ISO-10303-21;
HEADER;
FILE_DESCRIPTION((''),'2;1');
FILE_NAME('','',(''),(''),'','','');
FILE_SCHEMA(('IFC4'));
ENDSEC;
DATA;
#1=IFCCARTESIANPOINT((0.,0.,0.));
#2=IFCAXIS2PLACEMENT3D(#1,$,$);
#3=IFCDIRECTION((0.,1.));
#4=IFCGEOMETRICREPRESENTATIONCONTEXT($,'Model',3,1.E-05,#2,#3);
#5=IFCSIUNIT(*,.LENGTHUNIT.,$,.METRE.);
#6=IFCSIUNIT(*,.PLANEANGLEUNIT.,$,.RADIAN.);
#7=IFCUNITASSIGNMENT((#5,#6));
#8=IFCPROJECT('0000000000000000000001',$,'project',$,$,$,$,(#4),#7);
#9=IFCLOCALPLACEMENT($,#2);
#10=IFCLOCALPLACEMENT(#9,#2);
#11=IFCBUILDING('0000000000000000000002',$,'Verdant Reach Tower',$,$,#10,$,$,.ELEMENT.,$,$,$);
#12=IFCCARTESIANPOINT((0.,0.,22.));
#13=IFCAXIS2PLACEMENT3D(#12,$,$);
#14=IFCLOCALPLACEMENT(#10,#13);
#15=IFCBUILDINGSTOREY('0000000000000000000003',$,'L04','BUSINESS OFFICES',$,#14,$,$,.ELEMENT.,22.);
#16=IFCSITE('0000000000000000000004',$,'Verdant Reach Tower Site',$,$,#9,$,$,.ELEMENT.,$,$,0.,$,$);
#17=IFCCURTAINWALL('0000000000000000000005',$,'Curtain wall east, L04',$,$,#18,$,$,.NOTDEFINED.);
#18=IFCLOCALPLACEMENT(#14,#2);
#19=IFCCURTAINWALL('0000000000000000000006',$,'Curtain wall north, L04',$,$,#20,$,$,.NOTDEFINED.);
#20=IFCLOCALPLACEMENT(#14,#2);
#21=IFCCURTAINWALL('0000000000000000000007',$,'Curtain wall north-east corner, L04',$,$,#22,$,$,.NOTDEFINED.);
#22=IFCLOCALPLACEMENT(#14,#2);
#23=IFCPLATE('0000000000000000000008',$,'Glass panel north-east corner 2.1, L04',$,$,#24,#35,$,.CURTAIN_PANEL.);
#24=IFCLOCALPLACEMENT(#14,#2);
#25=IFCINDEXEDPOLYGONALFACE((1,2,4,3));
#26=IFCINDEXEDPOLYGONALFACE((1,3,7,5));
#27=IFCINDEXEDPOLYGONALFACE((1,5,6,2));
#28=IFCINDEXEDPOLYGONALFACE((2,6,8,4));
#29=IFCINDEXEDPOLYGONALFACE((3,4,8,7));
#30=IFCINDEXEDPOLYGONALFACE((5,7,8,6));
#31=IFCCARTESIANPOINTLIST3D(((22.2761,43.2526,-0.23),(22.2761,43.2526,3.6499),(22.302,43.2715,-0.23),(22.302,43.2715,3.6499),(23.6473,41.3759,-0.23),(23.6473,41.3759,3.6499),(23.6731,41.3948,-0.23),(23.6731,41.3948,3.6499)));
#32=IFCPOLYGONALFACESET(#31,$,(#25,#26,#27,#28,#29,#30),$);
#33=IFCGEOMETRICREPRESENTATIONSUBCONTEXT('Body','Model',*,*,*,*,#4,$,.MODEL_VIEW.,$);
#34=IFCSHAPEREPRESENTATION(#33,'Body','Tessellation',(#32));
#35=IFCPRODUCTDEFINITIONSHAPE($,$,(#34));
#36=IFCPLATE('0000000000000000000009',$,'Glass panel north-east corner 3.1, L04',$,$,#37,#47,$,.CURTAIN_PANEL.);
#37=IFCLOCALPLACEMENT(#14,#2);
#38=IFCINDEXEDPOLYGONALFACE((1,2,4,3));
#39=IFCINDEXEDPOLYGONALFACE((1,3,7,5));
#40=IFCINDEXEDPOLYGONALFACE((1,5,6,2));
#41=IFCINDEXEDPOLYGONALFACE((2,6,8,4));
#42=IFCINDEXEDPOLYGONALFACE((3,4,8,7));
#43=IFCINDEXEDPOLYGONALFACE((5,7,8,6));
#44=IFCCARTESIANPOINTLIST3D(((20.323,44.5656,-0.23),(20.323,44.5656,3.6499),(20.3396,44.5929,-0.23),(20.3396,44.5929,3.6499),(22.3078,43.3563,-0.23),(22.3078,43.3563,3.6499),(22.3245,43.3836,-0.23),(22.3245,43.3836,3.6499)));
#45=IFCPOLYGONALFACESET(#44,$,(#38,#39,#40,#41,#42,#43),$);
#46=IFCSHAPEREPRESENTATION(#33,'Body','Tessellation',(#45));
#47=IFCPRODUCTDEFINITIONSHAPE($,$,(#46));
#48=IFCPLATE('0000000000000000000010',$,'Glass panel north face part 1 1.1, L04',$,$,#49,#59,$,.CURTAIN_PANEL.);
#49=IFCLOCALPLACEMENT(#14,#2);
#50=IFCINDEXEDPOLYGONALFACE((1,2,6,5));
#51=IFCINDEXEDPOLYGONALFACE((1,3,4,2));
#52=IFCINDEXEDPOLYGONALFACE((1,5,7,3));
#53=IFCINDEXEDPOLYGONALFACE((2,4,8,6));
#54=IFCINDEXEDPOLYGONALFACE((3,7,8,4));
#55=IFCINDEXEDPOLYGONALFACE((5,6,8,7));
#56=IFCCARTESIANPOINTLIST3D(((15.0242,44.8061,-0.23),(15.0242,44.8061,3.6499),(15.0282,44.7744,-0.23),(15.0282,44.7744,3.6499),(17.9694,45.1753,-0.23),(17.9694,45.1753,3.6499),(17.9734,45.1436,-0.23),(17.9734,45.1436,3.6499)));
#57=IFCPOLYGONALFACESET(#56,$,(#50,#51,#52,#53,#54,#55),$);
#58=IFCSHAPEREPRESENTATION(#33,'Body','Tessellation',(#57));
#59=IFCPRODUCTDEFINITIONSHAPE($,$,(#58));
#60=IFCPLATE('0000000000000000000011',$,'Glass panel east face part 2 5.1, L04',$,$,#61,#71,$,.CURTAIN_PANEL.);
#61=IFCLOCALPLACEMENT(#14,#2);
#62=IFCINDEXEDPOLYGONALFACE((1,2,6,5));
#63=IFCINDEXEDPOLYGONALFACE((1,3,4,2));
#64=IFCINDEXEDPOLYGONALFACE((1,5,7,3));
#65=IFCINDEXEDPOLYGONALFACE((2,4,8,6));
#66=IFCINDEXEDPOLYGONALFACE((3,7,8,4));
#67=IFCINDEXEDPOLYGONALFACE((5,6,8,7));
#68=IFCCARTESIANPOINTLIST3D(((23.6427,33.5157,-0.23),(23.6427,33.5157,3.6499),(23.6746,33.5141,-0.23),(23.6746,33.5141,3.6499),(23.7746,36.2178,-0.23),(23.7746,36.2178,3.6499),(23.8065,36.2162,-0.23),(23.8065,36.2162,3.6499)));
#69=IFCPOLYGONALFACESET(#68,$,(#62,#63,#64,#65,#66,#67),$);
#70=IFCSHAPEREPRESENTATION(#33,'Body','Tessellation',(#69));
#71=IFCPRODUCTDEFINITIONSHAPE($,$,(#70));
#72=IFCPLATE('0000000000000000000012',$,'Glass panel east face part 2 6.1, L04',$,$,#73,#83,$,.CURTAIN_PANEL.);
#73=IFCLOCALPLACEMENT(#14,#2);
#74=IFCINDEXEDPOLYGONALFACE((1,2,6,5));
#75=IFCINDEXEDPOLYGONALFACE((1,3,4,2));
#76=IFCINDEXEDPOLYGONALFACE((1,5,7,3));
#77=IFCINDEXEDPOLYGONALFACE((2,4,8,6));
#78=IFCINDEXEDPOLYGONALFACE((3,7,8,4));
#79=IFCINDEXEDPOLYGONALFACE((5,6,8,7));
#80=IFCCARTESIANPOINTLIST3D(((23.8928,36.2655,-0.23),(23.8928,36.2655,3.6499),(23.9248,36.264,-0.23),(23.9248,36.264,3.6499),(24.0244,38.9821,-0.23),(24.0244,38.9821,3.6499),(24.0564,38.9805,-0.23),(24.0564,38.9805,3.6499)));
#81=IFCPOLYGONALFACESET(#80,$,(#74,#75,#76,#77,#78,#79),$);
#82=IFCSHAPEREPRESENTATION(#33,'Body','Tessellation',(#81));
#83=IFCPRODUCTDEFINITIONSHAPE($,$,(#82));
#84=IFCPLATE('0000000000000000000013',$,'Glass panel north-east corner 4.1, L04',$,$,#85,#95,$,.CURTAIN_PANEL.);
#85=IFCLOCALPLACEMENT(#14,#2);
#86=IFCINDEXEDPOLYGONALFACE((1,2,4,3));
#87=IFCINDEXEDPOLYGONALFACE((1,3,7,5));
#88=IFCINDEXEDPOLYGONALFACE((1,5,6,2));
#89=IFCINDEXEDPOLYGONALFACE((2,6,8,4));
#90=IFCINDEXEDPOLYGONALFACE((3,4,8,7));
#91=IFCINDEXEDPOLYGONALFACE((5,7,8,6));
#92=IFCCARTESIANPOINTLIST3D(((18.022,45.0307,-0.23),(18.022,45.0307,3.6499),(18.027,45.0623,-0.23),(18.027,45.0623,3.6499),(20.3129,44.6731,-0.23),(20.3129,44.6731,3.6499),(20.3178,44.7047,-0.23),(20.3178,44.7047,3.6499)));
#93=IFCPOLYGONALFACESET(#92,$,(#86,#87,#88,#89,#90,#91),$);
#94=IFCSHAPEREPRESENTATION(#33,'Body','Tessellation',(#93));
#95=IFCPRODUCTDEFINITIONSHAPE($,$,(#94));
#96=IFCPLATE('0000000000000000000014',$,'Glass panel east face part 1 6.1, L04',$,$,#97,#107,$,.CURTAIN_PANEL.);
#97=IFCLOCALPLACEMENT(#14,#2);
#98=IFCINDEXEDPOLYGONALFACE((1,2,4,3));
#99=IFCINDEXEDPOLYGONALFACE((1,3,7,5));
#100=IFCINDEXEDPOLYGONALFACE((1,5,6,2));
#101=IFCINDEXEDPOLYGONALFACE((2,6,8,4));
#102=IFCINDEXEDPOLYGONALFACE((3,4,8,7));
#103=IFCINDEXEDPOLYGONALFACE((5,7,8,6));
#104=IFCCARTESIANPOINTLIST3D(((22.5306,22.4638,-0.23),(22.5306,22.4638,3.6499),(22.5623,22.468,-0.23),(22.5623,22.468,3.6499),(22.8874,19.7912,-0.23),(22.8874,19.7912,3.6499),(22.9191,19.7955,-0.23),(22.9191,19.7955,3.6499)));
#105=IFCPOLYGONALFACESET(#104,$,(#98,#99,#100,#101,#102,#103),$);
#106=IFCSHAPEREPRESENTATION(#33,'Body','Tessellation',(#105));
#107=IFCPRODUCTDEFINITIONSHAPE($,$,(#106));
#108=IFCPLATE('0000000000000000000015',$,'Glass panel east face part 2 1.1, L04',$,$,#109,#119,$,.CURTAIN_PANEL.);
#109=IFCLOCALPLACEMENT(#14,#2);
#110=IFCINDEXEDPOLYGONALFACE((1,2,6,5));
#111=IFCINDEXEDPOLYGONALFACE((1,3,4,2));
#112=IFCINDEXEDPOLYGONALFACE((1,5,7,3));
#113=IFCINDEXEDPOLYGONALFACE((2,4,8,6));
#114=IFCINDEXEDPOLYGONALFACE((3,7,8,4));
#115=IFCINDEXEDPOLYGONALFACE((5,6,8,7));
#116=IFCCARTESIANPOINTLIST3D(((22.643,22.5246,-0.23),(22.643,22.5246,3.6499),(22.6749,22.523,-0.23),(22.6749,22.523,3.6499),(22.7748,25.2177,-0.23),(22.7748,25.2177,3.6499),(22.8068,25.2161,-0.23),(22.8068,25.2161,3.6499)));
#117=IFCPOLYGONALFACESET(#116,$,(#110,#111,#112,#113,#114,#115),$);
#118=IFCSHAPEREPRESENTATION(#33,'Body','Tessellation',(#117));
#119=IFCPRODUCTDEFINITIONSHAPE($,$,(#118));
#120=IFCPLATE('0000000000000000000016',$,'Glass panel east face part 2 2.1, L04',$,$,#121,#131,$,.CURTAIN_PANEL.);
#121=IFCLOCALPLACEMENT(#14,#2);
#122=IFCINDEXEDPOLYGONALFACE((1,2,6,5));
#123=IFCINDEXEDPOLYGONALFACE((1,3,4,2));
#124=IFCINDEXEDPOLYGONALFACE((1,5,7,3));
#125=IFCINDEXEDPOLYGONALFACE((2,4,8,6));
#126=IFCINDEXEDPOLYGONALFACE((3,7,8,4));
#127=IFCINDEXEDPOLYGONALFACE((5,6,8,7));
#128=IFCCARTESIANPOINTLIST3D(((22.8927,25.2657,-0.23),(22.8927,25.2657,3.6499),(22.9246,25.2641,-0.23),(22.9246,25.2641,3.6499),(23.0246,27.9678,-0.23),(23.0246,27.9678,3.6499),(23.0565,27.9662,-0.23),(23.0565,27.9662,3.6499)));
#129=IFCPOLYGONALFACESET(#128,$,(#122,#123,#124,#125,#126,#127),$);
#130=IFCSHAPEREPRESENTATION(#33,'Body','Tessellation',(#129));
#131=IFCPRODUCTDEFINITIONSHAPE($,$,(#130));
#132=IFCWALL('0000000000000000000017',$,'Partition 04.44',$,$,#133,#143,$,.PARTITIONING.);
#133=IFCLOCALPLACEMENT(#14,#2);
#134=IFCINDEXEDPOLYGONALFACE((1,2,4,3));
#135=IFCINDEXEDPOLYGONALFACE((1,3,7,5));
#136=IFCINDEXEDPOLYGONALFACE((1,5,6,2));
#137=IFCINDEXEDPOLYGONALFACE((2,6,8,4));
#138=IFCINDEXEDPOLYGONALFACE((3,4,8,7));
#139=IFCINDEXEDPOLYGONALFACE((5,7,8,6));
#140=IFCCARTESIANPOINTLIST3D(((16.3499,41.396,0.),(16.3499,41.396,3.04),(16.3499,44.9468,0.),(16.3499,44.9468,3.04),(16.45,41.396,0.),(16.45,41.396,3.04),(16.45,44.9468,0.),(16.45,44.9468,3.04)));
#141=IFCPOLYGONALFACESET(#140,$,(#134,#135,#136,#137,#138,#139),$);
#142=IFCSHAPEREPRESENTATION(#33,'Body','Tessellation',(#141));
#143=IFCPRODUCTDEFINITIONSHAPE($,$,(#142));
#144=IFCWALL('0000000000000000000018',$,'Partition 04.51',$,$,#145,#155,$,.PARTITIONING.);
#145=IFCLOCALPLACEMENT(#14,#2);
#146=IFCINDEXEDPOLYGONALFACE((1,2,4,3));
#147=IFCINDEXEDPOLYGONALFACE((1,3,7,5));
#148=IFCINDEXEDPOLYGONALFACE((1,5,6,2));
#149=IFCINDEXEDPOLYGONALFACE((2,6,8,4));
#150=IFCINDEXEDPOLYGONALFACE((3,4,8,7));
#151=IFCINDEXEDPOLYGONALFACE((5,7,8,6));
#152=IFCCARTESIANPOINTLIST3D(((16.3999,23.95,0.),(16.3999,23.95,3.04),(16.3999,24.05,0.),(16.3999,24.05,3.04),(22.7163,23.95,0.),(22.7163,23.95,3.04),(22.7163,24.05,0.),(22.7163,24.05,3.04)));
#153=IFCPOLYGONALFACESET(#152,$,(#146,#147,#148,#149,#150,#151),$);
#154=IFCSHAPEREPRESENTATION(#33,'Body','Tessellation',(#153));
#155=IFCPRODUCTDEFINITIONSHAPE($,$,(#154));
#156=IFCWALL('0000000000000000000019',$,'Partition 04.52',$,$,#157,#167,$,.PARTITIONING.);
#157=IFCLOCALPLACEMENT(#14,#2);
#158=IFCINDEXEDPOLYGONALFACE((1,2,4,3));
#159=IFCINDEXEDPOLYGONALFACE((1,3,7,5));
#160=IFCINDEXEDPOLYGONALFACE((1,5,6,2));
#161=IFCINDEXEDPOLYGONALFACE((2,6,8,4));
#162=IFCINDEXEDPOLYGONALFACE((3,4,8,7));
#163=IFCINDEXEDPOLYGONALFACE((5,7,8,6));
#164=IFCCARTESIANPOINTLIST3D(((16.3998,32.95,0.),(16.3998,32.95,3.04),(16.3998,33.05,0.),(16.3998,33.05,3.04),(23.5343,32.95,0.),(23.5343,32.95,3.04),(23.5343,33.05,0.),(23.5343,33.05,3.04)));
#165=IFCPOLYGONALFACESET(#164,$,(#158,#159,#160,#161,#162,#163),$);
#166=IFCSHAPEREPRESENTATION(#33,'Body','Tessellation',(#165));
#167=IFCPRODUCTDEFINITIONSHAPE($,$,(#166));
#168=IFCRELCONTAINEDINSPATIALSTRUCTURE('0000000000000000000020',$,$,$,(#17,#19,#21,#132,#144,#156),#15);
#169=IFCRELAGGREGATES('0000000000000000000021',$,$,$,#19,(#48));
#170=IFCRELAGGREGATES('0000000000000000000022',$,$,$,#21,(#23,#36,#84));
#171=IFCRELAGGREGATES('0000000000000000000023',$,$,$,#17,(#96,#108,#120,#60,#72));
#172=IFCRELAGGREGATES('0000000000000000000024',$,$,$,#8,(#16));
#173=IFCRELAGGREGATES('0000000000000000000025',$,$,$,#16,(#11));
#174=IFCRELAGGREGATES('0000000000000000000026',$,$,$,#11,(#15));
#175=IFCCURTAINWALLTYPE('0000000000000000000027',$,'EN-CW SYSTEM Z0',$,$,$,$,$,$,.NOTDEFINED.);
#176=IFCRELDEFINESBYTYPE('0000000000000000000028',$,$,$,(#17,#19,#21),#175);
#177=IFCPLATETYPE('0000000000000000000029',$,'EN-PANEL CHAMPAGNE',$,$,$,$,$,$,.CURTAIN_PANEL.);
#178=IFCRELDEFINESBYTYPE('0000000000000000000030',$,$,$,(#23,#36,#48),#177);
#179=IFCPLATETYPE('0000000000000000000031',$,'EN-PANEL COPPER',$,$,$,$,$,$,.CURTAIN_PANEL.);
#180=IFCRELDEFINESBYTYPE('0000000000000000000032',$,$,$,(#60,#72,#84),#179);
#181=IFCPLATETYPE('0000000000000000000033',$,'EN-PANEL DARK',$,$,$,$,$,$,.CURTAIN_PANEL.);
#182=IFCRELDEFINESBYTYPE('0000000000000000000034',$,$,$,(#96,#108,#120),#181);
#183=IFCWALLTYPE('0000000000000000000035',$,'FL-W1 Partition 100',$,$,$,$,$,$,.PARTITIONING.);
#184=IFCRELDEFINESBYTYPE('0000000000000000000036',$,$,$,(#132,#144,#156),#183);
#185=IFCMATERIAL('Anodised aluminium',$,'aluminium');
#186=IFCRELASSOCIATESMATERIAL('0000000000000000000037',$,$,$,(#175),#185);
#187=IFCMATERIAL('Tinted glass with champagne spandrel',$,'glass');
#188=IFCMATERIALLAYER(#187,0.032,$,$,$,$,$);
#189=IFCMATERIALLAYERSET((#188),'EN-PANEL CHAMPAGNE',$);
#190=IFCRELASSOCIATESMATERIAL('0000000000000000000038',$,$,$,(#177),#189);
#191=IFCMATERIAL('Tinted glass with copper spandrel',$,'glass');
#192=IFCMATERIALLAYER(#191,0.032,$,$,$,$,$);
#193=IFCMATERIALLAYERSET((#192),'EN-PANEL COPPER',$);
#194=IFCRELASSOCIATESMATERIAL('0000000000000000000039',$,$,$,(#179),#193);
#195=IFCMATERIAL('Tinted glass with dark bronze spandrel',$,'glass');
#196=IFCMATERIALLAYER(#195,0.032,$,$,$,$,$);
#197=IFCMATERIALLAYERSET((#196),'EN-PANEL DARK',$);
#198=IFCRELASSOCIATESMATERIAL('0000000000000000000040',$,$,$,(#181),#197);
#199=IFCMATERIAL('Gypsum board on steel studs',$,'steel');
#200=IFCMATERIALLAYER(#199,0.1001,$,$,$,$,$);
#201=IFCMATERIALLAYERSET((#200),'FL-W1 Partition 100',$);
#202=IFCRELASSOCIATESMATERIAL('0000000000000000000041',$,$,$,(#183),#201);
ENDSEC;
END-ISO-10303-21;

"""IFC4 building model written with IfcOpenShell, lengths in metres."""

from ifc_helpers import new_model, si_unit, direction, frame, frame_2d, origin, origin_2d, place, context, subcontext, project, spatial, rectangle, extrude, material, layer, layer_set, type_object, element, aggregate, save


model = new_model("IFC4")

# Units and contexts
model_context = context("Model", 3, precision=1e-05, world=origin(), true_north=direction((0.0, 1.0)))
body_context = subcontext(model_context, "Body", "Model", "MODEL_VIEW")
ifc_project = project(units=[si_unit("LENGTHUNIT", "METRE"), si_unit("PLANEANGLEUNIT", "RADIAN")], contexts=[model_context])

# Site, building, storey
site_placement = place(None, origin())
site = spatial("IfcSite", under=ifc_project, at=site_placement, Name="Verdant Reach Tower Site", CompositionType="ELEMENT", RefElevation=0.0)
building_placement = place(site_placement, origin())
building = spatial("IfcBuilding", under=site, at=building_placement, Name="Verdant Reach Tower", CompositionType="ELEMENT")
storey_placement = place(building_placement, frame((0.0, 0.0, 22.0)))
storey = spatial("IfcBuildingStorey", under=building, at=storey_placement, Name="L04", Description="BUSINESS OFFICES", CompositionType="ELEMENT", Elevation=22.0)

# Curtain walls
ifc_material_1 = material(Name="Anodised aluminium", Category="aluminium")
curtain_wall_type = type_object("IfcCurtainWallType", Name="EN-CW SYSTEM Z0", PredefinedType="NOTDEFINED", material=ifc_material_1)
curtain_wall_1_placement = place(storey_placement, origin())
curtain_wall_1 = element("IfcCurtainWall", 1, at=curtain_wall_1_placement, inside=storey, type_object=curtain_wall_type, Name="Curtain wall east, L04", PredefinedType="NOTDEFINED")
curtain_wall_2_placement = place(storey_placement, origin())
curtain_wall_2 = element("IfcCurtainWall", 2, at=curtain_wall_2_placement, inside=storey, type_object=curtain_wall_type, Name="Curtain wall north, L04", PredefinedType="NOTDEFINED")

# Shared definitions
ifc_material_2 = material(Name="Tinted glass with champagne spandrel", Category="glass")
ifc_layer_1 = layer(ifc_material_2, 0.032)
ifc_layer_set_1 = layer_set([ifc_layer_1], Name="EN-PANEL CHAMPAGNE")
plate_type_1 = type_object("IfcPlateType", Name="EN-PANEL CHAMPAGNE", PredefinedType="CURTAIN_PANEL", material=ifc_layer_set_1)

# Curtain wall, plates
curtain_wall_3_placement = place(storey_placement, origin())
curtain_wall_3 = element("IfcCurtainWall", 3, at=curtain_wall_3_placement, inside=storey, type_object=curtain_wall_type, Name="Curtain wall north-east corner, L04", PredefinedType="NOTDEFINED")
plate_1_placement = place(storey_placement, frame((22.9746, 42.3237, -0.23), z_axis=(0.0, 0.0, 1.0), x_axis=(-0.589927, 0.807457, 0.0)))
plate_1 = element("IfcPlate", 4, at=plate_1_placement, type_object=plate_type_1, Name="Glass panel north-east corner 2.1, L04", PredefinedType="CURTAIN_PANEL", context=body_context, shape_type="SweptSolid", body=[
    extrude(rectangle(XDim=2.3242, YDim=0.032, at=origin_2d()), origin(), (0.0, 0.0, 1.0), 3.8799),
])
plate_2_placement = place(storey_placement, frame((21.3237, 43.9746, -0.23), z_axis=(0.0, 0.0, 1.0), x_axis=(-0.853989, 0.520292, 0.0)))
plate_2 = element("IfcPlate", 5, at=plate_2_placement, type_object=plate_type_1, Name="Glass panel north-east corner 3.1, L04", PredefinedType="CURTAIN_PANEL", context=body_context, shape_type="SweptSolid", body=[
    extrude(rectangle(XDim=2.3242, YDim=0.032, at=origin_2d()), origin(), (0.0, 0.0, 1.0), 3.8799),
])

# Plates
plate_3_placement = place(storey_placement, frame((16.4988, 44.9749, -0.23), z_axis=(0.0, 0.0, 1.0), x_axis=(-0.992234, -0.124384, 0.0)))
plate_3 = element("IfcPlate", 6, at=plate_3_placement, type_object=plate_type_1, Name="Glass panel north face part 1 1.1, L04", PredefinedType="CURTAIN_PANEL", context=body_context, shape_type="SweptSolid", body=[
    extrude(rectangle(XDim=2.9683, YDim=0.032, at=origin_2d()), origin(), (0.0, 0.0, 1.0), 3.8799),
])
aggregate(curtain_wall_2, [plate_3])
ifc_material_3 = material(Name="Tinted glass with copper spandrel", Category="glass")
ifc_layer_2 = layer(ifc_material_3, 0.032)
ifc_layer_set_2 = layer_set([ifc_layer_2], Name="EN-PANEL COPPER")
plate_type_2 = type_object("IfcPlateType", Name="EN-PANEL COPPER", PredefinedType="CURTAIN_PANEL", material=ifc_layer_set_2)
plate_4_placement = place(storey_placement, frame((23.7246, 34.866, -0.23), z_axis=(0.0, 0.0, 1.0), x_axis=(0.048753, 0.998811, 0.0)))
plate_4 = element("IfcPlate", 7, at=plate_4_placement, type_object=plate_type_2, Name="Glass panel east face part 2 5.1, L04", PredefinedType="CURTAIN_PANEL", context=body_context, shape_type="SweptSolid", body=[
    extrude(rectangle(XDim=2.7053, YDim=0.032, at=origin_2d()), origin(), (0.0, 0.0, 1.0), 3.8799),
])
plate_5_placement = place(storey_placement, frame((23.9746, 37.623, -0.23), z_axis=(0.0, 0.0, 1.0), x_axis=(0.048383, 0.998829, 0.0)))
plate_5 = element("IfcPlate", 8, at=plate_5_placement, type_object=plate_type_2, Name="Glass panel east face part 2 6.1, L04", PredefinedType="CURTAIN_PANEL", context=body_context, shape_type="SweptSolid", body=[
    extrude(rectangle(XDim=2.7197, YDim=0.032, at=origin_2d()), origin(), (0.0, 0.0, 1.0), 3.8799),
])
plate_6_placement = place(storey_placement, frame((19.1699, 44.8677, -0.23), z_axis=(0.0, 0.0, 1.0), x_axis=(-0.988035, 0.154233, 0.0)))
plate_6 = element("IfcPlate", 9, at=plate_6_placement, type_object=plate_type_2, Name="Glass panel north-east corner 4.1, L04", PredefinedType="CURTAIN_PANEL", context=body_context, shape_type="SweptSolid", body=[
    extrude(rectangle(XDim=2.3186, YDim=0.032, at=origin_2d()), origin(), (0.0, 0.0, 1.0), 3.8799),
])
aggregate(curtain_wall_3, [plate_1, plate_2, plate_6])
ifc_material_4 = material(Name="Tinted glass with dark bronze spandrel", Category="glass")
ifc_layer_3 = layer(ifc_material_4, 0.032)
ifc_layer_set_3 = layer_set([ifc_layer_3], Name="EN-PANEL DARK")
plate_type_3 = type_object("IfcPlateType", Name="EN-PANEL DARK", PredefinedType="CURTAIN_PANEL", material=ifc_layer_set_3)
plate_7_placement = place(storey_placement, frame((22.7249, 21.1296, -0.23), z_axis=(0.0, 0.0, 1.0), x_axis=(-0.132308, 0.991209, 0.0)))
plate_7 = element("IfcPlate", 10, at=plate_7_placement, type_object=plate_type_3, Name="Glass panel east face part 1 6.1, L04", PredefinedType="CURTAIN_PANEL", context=body_context, shape_type="SweptSolid", body=[
    extrude(rectangle(XDim=2.6963, YDim=0.032, at=origin_2d()), origin(), (0.0, 0.0, 1.0), 3.8799),
])
plate_8_placement = place(storey_placement, frame((22.7249, 23.8704, -0.23), z_axis=(0.0, 0.0, 1.0), x_axis=(0.048902, 0.998804, 0.0)))
plate_8 = element("IfcPlate", 11, at=plate_8_placement, type_object=plate_type_3, Name="Glass panel east face part 2 1.1, L04", PredefinedType="CURTAIN_PANEL", context=body_context, shape_type="SweptSolid", body=[
    extrude(rectangle(XDim=2.6963, YDim=0.032, at=origin_2d()), origin(), (0.0, 0.0, 1.0), 3.8799),
])
plate_9_placement = place(storey_placement, frame((22.9746, 26.616, -0.23), z_axis=(0.0, 0.0, 1.0), x_axis=(0.048753, 0.998811, 0.0)))
plate_9 = element("IfcPlate", 12, at=plate_9_placement, type_object=plate_type_3, Name="Glass panel east face part 2 2.1, L04", PredefinedType="CURTAIN_PANEL", context=body_context, shape_type="SweptSolid", body=[
    extrude(rectangle(XDim=2.7053, YDim=0.032, at=origin_2d()), origin(), (0.0, 0.0, 1.0), 3.8799),
])
aggregate(curtain_wall_1, [plate_7, plate_8, plate_9, plate_4, plate_5])

# Walls
ifc_material_5 = material(Name="Gypsum board on steel studs", Category="steel")
ifc_layer_4 = layer(ifc_material_5, 0.1001)
ifc_layer_set_4 = layer_set([ifc_layer_4], Name="FL-W1 Partition 100")
wall_type_1 = type_object("IfcWallType", Name="FL-W1 Partition 100", PredefinedType="PARTITIONING", material=ifc_layer_set_4)
wall_1_placement = place(storey_placement, frame((16.3999, 41.396, 0.0), z_axis=(0.0, 0.0, 1.0), x_axis=(0.0, 1.0, 0.0)))
element("IfcWall", 13, at=wall_1_placement, inside=storey, type_object=wall_type_1, Name="Partition 04.44", PredefinedType="PARTITIONING", context=body_context, shape_type="SweptSolid", body=[
    extrude(rectangle(XDim=3.5508, YDim=0.1001, at=frame_2d((1.7754, 0.0))), origin(), (0.0, 0.0, 1.0), 3.04),
])
wall_2_placement = place(storey_placement, frame((22.7163, 24.0, 0.0), z_axis=(0.0, 0.0, 1.0), x_axis=(-1.0, 0.0, 0.0)))
element("IfcWall", 14, at=wall_2_placement, inside=storey, type_object=wall_type_1, Name="Partition 04.51", PredefinedType="PARTITIONING", context=body_context, shape_type="SweptSolid", body=[
    extrude(rectangle(XDim=6.3164, YDim=0.1001, at=frame_2d((3.1582, 0.0))), origin(), (0.0, 0.0, 1.0), 3.04),
])
wall_3_placement = place(storey_placement, frame((23.5344, 33.0, 0.0), z_axis=(0.0, 0.0, 1.0), x_axis=(-1.0, 0.0, 0.0)))
element("IfcWall", 15, at=wall_3_placement, inside=storey, type_object=wall_type_1, Name="Partition 04.52", PredefinedType="PARTITIONING", context=body_context, shape_type="SweptSolid", body=[
    extrude(rectangle(XDim=7.1345, YDim=0.1001, at=frame_2d((3.5674, 0.0))), origin(), (0.0, 0.0, 1.0), 3.04),
])

save(model, "model.ifc")
